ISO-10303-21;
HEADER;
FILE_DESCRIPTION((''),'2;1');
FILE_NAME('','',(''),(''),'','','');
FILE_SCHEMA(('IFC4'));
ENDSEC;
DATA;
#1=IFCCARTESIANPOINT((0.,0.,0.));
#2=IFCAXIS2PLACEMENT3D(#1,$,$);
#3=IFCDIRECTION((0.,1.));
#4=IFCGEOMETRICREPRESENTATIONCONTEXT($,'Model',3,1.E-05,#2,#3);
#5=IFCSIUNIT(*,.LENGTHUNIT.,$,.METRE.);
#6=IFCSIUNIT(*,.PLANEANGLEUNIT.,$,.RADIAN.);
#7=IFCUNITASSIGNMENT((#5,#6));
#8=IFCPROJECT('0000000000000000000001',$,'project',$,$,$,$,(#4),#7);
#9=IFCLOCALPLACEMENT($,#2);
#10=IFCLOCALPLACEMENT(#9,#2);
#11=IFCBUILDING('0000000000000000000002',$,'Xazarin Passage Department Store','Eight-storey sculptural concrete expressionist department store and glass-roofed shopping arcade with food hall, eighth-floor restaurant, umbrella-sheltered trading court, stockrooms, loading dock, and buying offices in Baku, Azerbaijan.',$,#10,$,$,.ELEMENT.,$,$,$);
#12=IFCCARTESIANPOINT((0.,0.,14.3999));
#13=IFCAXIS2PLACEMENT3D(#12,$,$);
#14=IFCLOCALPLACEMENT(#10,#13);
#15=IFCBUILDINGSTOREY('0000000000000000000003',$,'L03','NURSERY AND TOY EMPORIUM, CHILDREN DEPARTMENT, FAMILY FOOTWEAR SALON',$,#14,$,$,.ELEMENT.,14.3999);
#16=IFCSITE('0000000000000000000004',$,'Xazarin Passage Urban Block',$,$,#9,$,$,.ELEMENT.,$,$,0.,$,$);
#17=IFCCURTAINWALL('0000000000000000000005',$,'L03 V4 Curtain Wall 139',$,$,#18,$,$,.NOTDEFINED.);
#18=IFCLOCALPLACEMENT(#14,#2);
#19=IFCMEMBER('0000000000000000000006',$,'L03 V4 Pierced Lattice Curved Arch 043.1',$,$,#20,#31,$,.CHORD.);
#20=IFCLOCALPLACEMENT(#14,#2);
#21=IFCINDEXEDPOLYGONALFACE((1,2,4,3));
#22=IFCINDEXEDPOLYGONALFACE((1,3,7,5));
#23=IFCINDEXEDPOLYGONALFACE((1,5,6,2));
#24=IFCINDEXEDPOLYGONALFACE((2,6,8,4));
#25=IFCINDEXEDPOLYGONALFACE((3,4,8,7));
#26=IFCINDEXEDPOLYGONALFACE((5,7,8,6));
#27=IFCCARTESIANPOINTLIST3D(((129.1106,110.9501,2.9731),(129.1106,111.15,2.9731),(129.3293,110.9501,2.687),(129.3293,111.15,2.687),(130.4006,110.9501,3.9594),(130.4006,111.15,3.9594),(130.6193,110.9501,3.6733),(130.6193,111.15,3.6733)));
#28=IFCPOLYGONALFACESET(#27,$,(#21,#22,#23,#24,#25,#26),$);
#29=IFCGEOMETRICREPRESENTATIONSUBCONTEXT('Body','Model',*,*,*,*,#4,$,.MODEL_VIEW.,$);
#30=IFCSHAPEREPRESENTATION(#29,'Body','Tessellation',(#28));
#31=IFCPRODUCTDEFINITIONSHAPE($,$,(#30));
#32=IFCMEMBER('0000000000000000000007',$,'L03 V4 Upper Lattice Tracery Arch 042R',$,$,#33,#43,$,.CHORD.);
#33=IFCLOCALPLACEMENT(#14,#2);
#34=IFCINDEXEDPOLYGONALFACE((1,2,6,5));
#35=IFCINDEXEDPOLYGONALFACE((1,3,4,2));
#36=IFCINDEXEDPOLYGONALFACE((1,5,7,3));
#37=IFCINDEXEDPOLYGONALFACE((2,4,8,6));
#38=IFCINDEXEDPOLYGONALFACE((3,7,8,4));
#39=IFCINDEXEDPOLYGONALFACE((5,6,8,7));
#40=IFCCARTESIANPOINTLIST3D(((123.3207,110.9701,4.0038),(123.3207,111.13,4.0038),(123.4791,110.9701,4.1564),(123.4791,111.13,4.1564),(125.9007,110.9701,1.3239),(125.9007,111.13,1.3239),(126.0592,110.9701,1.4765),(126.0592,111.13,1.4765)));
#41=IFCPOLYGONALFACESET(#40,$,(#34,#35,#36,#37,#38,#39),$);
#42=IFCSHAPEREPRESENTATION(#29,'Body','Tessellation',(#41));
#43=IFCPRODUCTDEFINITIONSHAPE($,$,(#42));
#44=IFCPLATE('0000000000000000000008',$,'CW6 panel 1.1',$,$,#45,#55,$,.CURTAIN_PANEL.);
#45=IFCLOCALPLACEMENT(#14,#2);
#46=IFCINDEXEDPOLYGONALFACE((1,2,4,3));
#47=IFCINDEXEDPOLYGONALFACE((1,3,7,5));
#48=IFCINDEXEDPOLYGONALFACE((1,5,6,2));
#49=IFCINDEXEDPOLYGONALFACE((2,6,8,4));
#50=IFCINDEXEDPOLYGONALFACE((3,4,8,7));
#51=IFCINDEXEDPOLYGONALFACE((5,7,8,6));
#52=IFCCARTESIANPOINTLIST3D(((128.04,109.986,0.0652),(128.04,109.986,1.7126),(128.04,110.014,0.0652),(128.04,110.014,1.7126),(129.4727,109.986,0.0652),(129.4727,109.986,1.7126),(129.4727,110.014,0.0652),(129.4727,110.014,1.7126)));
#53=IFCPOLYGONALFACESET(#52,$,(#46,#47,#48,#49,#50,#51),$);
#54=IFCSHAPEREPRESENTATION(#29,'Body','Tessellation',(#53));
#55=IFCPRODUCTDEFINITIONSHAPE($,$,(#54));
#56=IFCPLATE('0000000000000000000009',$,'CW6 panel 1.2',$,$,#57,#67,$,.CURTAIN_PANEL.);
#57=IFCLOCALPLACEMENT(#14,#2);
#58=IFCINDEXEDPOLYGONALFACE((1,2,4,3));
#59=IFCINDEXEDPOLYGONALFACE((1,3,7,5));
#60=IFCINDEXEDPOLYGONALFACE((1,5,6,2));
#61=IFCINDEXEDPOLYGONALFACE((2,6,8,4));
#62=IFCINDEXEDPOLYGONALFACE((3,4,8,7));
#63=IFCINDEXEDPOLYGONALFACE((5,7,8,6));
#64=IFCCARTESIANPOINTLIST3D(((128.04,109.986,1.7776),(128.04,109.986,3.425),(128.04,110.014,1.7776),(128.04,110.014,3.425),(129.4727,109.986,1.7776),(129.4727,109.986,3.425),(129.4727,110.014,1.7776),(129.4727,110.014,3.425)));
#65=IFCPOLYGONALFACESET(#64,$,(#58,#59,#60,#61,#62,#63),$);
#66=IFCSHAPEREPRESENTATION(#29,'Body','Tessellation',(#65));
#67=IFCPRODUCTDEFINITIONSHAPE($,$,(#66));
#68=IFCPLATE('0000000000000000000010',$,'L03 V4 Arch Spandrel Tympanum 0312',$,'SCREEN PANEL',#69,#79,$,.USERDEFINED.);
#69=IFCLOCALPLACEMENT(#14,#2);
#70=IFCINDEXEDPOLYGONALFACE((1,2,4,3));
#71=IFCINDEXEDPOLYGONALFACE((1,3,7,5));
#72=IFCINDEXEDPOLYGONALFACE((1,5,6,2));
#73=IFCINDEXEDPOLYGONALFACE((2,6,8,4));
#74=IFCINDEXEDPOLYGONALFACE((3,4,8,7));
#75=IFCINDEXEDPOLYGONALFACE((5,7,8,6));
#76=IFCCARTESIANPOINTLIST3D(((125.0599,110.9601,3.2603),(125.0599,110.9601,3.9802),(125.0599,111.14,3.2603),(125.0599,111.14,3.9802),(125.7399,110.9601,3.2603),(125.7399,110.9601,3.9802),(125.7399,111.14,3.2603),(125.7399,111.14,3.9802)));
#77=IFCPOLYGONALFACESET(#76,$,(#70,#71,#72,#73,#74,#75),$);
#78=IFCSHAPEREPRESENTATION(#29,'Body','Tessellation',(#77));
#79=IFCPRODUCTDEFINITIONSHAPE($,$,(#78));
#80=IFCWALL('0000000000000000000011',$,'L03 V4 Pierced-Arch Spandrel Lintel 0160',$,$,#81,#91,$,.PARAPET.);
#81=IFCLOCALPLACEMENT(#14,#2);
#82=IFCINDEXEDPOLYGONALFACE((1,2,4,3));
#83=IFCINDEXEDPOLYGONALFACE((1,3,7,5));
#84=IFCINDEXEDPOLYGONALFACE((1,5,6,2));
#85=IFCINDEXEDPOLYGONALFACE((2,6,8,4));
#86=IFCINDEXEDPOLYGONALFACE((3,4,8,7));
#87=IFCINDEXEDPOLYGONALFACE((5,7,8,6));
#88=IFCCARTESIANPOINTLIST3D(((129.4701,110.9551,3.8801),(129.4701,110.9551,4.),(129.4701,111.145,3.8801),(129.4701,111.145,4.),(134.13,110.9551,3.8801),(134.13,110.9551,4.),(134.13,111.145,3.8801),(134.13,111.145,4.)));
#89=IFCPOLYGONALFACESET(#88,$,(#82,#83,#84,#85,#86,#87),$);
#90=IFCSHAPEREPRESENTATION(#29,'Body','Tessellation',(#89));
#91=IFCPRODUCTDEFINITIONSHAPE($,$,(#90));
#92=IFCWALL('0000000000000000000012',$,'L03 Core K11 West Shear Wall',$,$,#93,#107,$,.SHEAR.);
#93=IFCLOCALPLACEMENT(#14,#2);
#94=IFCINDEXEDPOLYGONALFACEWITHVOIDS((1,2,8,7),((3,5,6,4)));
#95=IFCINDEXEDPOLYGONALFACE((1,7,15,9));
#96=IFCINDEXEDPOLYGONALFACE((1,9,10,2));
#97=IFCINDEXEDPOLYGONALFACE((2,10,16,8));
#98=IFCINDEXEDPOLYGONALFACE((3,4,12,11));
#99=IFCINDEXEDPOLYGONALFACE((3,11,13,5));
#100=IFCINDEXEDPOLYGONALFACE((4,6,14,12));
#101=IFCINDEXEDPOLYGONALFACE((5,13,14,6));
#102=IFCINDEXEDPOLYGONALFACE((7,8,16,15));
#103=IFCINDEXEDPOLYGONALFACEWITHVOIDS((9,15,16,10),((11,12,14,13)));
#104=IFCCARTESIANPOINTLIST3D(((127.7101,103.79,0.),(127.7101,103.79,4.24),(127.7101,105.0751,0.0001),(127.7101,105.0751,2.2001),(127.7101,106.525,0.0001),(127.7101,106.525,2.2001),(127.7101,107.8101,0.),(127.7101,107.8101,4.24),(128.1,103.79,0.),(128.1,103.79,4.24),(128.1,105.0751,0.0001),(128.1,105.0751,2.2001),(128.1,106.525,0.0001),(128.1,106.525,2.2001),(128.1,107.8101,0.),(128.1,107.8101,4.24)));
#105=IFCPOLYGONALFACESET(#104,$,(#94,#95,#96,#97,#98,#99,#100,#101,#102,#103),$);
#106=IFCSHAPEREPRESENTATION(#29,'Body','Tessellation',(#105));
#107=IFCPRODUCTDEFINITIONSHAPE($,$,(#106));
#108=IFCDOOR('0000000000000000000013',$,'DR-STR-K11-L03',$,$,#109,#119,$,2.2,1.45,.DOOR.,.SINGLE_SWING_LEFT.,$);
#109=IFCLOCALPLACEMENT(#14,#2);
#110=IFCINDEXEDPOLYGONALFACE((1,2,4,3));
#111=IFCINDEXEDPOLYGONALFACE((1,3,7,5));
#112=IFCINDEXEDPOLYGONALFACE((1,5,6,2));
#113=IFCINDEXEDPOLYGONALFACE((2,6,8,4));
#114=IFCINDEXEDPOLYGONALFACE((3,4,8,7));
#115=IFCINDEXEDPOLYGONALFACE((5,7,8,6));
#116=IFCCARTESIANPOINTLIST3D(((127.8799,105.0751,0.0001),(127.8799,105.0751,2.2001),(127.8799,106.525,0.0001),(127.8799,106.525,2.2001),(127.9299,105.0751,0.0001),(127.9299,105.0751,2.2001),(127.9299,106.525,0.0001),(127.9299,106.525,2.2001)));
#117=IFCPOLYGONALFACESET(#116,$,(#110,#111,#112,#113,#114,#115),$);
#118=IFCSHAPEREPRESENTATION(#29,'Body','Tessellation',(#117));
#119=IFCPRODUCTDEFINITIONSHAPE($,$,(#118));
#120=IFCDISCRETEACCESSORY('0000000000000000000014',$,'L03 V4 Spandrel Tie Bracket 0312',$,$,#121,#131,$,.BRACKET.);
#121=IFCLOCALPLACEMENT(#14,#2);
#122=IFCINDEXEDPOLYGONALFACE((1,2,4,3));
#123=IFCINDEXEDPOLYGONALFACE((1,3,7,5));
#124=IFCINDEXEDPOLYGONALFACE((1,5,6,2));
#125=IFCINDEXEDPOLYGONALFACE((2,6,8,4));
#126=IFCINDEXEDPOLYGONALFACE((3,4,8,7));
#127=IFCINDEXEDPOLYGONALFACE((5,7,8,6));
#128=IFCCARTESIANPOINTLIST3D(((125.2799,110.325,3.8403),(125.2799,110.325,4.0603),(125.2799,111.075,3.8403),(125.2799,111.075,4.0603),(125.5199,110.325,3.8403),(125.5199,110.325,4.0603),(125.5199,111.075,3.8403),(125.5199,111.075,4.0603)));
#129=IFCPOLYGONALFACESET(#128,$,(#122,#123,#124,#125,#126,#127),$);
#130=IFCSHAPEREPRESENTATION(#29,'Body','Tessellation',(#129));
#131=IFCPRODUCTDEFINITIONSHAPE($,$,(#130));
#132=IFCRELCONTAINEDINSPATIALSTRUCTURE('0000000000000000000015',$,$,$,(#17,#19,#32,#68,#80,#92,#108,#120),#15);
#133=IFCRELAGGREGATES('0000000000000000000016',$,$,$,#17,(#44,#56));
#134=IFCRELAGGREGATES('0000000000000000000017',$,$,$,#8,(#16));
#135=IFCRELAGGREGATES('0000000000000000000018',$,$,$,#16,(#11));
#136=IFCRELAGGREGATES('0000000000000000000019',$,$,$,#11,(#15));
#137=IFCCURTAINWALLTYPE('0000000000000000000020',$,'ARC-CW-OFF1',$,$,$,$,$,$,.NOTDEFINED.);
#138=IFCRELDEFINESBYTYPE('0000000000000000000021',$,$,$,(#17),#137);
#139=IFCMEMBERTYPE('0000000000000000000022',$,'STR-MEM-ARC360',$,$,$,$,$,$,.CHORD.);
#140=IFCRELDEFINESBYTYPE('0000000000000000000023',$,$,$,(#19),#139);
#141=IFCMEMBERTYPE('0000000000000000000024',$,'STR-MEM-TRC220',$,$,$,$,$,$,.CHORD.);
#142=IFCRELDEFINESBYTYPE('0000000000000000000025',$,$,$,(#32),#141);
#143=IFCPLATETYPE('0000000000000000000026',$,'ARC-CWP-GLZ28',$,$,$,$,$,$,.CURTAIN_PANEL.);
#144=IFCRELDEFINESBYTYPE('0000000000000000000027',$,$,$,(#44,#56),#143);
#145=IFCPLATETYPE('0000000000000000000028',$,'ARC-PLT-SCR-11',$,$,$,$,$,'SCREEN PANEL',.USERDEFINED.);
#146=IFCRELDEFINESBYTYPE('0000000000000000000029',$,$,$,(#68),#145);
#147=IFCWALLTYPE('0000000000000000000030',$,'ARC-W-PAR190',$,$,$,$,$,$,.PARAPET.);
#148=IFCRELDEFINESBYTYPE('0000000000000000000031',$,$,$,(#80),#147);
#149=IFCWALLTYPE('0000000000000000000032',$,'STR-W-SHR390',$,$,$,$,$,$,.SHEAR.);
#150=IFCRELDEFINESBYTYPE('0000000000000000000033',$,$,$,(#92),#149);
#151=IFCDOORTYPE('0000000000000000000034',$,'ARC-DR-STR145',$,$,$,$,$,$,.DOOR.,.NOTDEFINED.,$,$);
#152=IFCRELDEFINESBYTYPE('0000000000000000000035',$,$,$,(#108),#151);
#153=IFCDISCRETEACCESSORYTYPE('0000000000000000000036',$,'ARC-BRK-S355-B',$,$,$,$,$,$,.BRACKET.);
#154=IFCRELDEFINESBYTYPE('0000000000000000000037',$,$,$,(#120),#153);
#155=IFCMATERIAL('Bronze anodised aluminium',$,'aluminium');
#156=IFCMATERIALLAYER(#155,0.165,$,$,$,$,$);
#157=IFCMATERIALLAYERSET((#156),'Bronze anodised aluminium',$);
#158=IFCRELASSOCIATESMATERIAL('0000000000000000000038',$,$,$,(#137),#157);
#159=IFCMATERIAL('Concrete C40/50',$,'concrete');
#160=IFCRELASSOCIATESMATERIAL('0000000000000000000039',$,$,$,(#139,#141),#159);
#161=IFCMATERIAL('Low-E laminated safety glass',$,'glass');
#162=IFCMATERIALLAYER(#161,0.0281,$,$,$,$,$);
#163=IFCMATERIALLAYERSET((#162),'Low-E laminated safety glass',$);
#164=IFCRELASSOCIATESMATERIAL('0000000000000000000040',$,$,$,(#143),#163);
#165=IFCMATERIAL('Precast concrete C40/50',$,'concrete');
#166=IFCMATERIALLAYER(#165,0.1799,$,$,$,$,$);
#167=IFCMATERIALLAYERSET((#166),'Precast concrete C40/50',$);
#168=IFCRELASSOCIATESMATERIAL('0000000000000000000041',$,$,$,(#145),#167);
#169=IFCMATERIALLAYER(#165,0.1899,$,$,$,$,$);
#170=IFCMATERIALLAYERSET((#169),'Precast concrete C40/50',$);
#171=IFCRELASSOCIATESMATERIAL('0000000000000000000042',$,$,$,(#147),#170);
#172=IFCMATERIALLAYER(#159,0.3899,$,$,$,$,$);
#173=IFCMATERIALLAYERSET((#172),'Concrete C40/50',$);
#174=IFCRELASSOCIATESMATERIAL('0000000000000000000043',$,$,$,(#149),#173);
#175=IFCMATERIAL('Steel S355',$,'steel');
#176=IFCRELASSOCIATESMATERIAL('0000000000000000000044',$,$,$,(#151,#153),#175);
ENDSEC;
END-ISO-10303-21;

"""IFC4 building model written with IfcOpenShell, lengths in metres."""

from ifc_helpers import new_model, si_unit, direction, frame, frame_2d, origin, origin_2d, place, context, subcontext, project, spatial, rectangle, extrude, material, layer, layer_set, material_profile, profile_set, type_object, element, fill, aggregate, save


model = new_model("IFC4")

# Units and contexts
model_context = context("Model", 3, precision=1e-05, world=origin(), true_north=direction((0.0, 1.0)))
body_context = subcontext(model_context, "Body", "Model", "MODEL_VIEW")
ifc_project = project(units=[si_unit("LENGTHUNIT", "METRE"), si_unit("PLANEANGLEUNIT", "RADIAN")], contexts=[model_context])

# Site, building, storey
site_placement = place(None, origin())
site = spatial("IfcSite", under=ifc_project, at=site_placement, Name="Xazarin Passage Urban Block", CompositionType="ELEMENT", RefElevation=0.0)
building_placement = place(site_placement, origin())
building = spatial("IfcBuilding", under=site, at=building_placement, Name="Xazarin Passage Department Store", Description="Eight-storey sculptural concrete expressionist department store and glass-roofed shopping arcade with food hall, eighth-floor restaurant, umbrella-sheltered trading court, stockrooms, loading dock, and buying offices in Baku, Azerbaijan.", CompositionType="ELEMENT")
storey_placement = place(building_placement, frame((0.0, 0.0, 14.3999)))
storey = spatial("IfcBuildingStorey", under=building, at=storey_placement, Name="L03", Description="NURSERY AND TOY EMPORIUM, CHILDREN DEPARTMENT, FAMILY FOOTWEAR SALON", CompositionType="ELEMENT", Elevation=14.3999)

# Shared definitions
ifc_material_1 = material(Name="Concrete C40/50", Category="concrete")

# Curtain wall
ifc_material_2 = material(Name="Bronze anodised aluminium", Category="aluminium")
ifc_layer_1 = layer(ifc_material_2, 0.165)
ifc_layer_set_1 = layer_set([ifc_layer_1], Name="Bronze anodised aluminium")
curtain_wall_type = type_object("IfcCurtainWallType", Name="ARC-CW-OFF1", PredefinedType="NOTDEFINED", material=ifc_layer_set_1)
curtain_wall_placement = place(storey_placement, origin())
curtain_wall = element("IfcCurtainWall", 1, at=curtain_wall_placement, inside=storey, type_object=curtain_wall_type, Name="L03 V4 Curtain Wall 139", PredefinedType="NOTDEFINED")

# Members
ifc_material_profile_1 = material_profile(ifc_material_1, rectangle(XDim=0.2, YDim=0.3601, at=origin_2d()), Name="RC 200x360")
ifc_profile_set_1 = profile_set([ifc_material_profile_1], Name="Concrete C40/50")
member_type_1 = type_object("IfcMemberType", Name="STR-MEM-ARC360", PredefinedType="CHORD", material=ifc_profile_set_1)
for number, where, z_axis, x_axis, name in (
    (2, (129.22, 111.05, 2.8301), (0.794409, 0.0, 0.607383), (0.0, 1.0, 0.0), "L03 V4 Pierced Lattice Curved Arch 043.1"),
):
    element("IfcMember", number, at=place(storey_placement, frame(where, z_axis=z_axis, x_axis=x_axis)), inside=storey, type_object=member_type_1, Name=name, PredefinedType="CHORD", context=body_context, shape_type="SweptSolid", body=[
        extrude(rectangle(XDim=0.2, YDim=0.3601, at=origin_2d()), origin(), (0.0, 0.0, 1.0), 1.6238),
    ])
ifc_material_profile_2 = material_profile(ifc_material_1, rectangle(XDim=0.1599, YDim=0.22, at=origin_2d()), Name="RC 160x220")
ifc_profile_set_2 = profile_set([ifc_material_profile_2], Name="Concrete C40/50")
member_type_2 = type_object("IfcMemberType", Name="STR-MEM-TRC220", PredefinedType="CHORD", material=ifc_profile_set_2)
member_1_placement = place(storey_placement, frame((123.3999, 111.05, 4.0801), z_axis=(0.693558, 0.0, -0.7204), x_axis=(0.0, 1.0, 0.0)))
element("IfcMember", 3, at=member_1_placement, inside=storey, type_object=member_type_2, Name="L03 V4 Upper Lattice Tracery Arch 042R", PredefinedType="CHORD", context=body_context, shape_type="SweptSolid", body=[
    extrude(rectangle(XDim=0.1599, YDim=0.22, at=origin_2d()), origin(), (0.0, 0.0, 1.0), 3.72),
])

# Plates
ifc_material_3 = material(Name="Low-E laminated safety glass", Category="glass")
ifc_layer_2 = layer(ifc_material_3, 0.0281)
ifc_layer_set_2 = layer_set([ifc_layer_2], Name="Low-E laminated safety glass")
plate_type_1 = type_object("IfcPlateType", Name="ARC-CWP-GLZ28", PredefinedType="CURTAIN_PANEL", material=ifc_layer_set_2)
plate_1_placement = place(storey_placement, frame((128.7563, 110.0, 0.0652), z_axis=(0.0, 0.0, 1.0), x_axis=(1.0, 0.0, 0.0)))
plate_1 = element("IfcPlate", 4, at=plate_1_placement, type_object=plate_type_1, Name="CW6 panel 1.1", PredefinedType="CURTAIN_PANEL", context=body_context, shape_type="SweptSolid", body=[
    extrude(rectangle(XDim=1.4326, YDim=0.0281, at=origin_2d()), origin(), (0.0, 0.0, 1.0), 1.6475),
])
plate_2_placement = place(storey_placement, frame((128.7563, 110.0, 1.7776), z_axis=(0.0, 0.0, 1.0), x_axis=(1.0, 0.0, 0.0)))
plate_2 = element("IfcPlate", 5, at=plate_2_placement, type_object=plate_type_1, Name="CW6 panel 1.2", PredefinedType="CURTAIN_PANEL", context=body_context, shape_type="SweptSolid", body=[
    extrude(rectangle(XDim=1.4326, YDim=0.0281, at=origin_2d()), origin(), (0.0, 0.0, 1.0), 1.6475),
])
aggregate(curtain_wall, [plate_1, plate_2])
ifc_material_4 = material(Name="Precast concrete C40/50", Category="concrete")
ifc_layer_3 = layer(ifc_material_4, 0.1799)
ifc_layer_set_3 = layer_set([ifc_layer_3], Name="Precast concrete C40/50")
plate_type_2 = type_object("IfcPlateType", Name="ARC-PLT-SCR-11", ElementType="SCREEN PANEL", PredefinedType="USERDEFINED", material=ifc_layer_set_3)
plate_3_placement = place(storey_placement, frame((125.3999, 111.05, 3.2603), z_axis=(0.0, 0.0, 1.0), x_axis=(1.0, 0.0, 0.0)))
element("IfcPlate", 6, at=plate_3_placement, inside=storey, type_object=plate_type_2, Name="L03 V4 Arch Spandrel Tympanum 0312", ObjectType="SCREEN PANEL", PredefinedType="USERDEFINED", context=body_context, shape_type="SweptSolid", body=[
    extrude(rectangle(XDim=0.6799, YDim=0.1799, at=origin_2d()), origin(), (0.0, 0.0, 1.0), 0.72),
])

# Wall
ifc_layer_4 = layer(ifc_material_4, 0.1899)
ifc_layer_set_4 = layer_set([ifc_layer_4], Name="Precast concrete C40/50")
wall_type_1 = type_object("IfcWallType", Name="ARC-W-PAR190", PredefinedType="PARAPET", material=ifc_layer_set_4)
wall_1_placement = place(storey_placement, frame((129.47, 111.05, 3.8801), z_axis=(0.0, 0.0, 1.0), x_axis=(1.0, 0.0, 0.0)))
element("IfcWall", 7, at=wall_1_placement, inside=storey, type_object=wall_type_1, Name="L03 V4 Pierced-Arch Spandrel Lintel 0160", PredefinedType="PARAPET", context=body_context, shape_type="SweptSolid", body=[
    extrude(rectangle(XDim=4.6599, YDim=0.1899, at=frame_2d((2.3301, 0.0))), origin(), (0.0, 0.0, 1.0), 0.1199),
])

# Wall, opening, door
ifc_layer_5 = layer(ifc_material_1, 0.3899)
ifc_layer_set_5 = layer_set([ifc_layer_5], Name="Concrete C40/50")
wall_type_2 = type_object("IfcWallType", Name="STR-W-SHR390", PredefinedType="SHEAR", material=ifc_layer_set_5)
wall_2_placement = place(storey_placement, frame((127.905, 107.8101, 0.0), z_axis=(0.0, 0.0, 1.0), x_axis=(0.0, -1.0, 0.0)))
wall_2 = element("IfcWall", 8, at=wall_2_placement, inside=storey, type_object=wall_type_2, Name="L03 Core K11 West Shear Wall", PredefinedType="SHEAR", context=body_context, shape_type="SweptSolid", body=[
    extrude(rectangle(XDim=4.02, YDim=0.3899, at=frame_2d((2.01, 0.0))), origin(), (0.0, 0.0, 1.0), 4.24),
])
opening_placement = place(wall_2_placement, frame((1.2849, 0.0, 0.0)))
opening = element("IfcOpeningElement", 9, at=opening_placement, cuts=wall_2, PredefinedType="OPENING", context=body_context, shape_type="SweptSolid", body=[
    extrude(rectangle(XDim=1.45, YDim=2.2, at=frame_2d((0.7251, 1.1001))), frame((0.0, 0.2048, 0.0), z_axis=(0.0, -1.0, 0.0), x_axis=(1.0, 0.0, 0.0)), (0.0, 0.0, 1.0), 0.4099),
])
ifc_material_5 = material(Name="Steel S355", Category="steel")
door_type = type_object("IfcDoorType", Name="ARC-DR-STR145", OperationType="NOTDEFINED", PredefinedType="DOOR", material=ifc_material_5)
door_placement = place(opening_placement, origin())
door = element("IfcDoor", 10, at=door_placement, inside=storey, type_object=door_type, Name="DR-STR-K11-L03", OperationType="SINGLE_SWING_LEFT", OverallHeight=2.2, OverallWidth=1.45, PredefinedType="DOOR", context=body_context, shape_type="SweptSolid", body=[
    extrude(rectangle(XDim=1.45, YDim=2.2, at=frame_2d((0.7251, 1.1001))), frame((0.0, 0.0249, 0.0), z_axis=(0.0, -1.0, 0.0), x_axis=(1.0, 0.0, 0.0)), (0.0, 0.0, 1.0), 0.05),
])
fill(opening, door)

# Discrete accessory
discrete_accessory_type = type_object("IfcDiscreteAccessoryType", Name="ARC-BRK-S355-B", PredefinedType="BRACKET", material=ifc_material_5)
discrete_accessory_placement = place(storey_placement, frame((125.3999, 110.7, 3.8403), z_axis=(0.0, 0.0, 1.0), x_axis=(1.0, 0.0, 0.0)))
element("IfcDiscreteAccessory", 11, at=discrete_accessory_placement, inside=storey, type_object=discrete_accessory_type, Name="L03 V4 Spandrel Tie Bracket 0312", PredefinedType="BRACKET", context=body_context, shape_type="SweptSolid", body=[
    extrude(rectangle(XDim=0.24, YDim=0.75, at=origin_2d()), origin(), (0.0, 0.0, 1.0), 0.22),
])

save(model, "model.ifc")
